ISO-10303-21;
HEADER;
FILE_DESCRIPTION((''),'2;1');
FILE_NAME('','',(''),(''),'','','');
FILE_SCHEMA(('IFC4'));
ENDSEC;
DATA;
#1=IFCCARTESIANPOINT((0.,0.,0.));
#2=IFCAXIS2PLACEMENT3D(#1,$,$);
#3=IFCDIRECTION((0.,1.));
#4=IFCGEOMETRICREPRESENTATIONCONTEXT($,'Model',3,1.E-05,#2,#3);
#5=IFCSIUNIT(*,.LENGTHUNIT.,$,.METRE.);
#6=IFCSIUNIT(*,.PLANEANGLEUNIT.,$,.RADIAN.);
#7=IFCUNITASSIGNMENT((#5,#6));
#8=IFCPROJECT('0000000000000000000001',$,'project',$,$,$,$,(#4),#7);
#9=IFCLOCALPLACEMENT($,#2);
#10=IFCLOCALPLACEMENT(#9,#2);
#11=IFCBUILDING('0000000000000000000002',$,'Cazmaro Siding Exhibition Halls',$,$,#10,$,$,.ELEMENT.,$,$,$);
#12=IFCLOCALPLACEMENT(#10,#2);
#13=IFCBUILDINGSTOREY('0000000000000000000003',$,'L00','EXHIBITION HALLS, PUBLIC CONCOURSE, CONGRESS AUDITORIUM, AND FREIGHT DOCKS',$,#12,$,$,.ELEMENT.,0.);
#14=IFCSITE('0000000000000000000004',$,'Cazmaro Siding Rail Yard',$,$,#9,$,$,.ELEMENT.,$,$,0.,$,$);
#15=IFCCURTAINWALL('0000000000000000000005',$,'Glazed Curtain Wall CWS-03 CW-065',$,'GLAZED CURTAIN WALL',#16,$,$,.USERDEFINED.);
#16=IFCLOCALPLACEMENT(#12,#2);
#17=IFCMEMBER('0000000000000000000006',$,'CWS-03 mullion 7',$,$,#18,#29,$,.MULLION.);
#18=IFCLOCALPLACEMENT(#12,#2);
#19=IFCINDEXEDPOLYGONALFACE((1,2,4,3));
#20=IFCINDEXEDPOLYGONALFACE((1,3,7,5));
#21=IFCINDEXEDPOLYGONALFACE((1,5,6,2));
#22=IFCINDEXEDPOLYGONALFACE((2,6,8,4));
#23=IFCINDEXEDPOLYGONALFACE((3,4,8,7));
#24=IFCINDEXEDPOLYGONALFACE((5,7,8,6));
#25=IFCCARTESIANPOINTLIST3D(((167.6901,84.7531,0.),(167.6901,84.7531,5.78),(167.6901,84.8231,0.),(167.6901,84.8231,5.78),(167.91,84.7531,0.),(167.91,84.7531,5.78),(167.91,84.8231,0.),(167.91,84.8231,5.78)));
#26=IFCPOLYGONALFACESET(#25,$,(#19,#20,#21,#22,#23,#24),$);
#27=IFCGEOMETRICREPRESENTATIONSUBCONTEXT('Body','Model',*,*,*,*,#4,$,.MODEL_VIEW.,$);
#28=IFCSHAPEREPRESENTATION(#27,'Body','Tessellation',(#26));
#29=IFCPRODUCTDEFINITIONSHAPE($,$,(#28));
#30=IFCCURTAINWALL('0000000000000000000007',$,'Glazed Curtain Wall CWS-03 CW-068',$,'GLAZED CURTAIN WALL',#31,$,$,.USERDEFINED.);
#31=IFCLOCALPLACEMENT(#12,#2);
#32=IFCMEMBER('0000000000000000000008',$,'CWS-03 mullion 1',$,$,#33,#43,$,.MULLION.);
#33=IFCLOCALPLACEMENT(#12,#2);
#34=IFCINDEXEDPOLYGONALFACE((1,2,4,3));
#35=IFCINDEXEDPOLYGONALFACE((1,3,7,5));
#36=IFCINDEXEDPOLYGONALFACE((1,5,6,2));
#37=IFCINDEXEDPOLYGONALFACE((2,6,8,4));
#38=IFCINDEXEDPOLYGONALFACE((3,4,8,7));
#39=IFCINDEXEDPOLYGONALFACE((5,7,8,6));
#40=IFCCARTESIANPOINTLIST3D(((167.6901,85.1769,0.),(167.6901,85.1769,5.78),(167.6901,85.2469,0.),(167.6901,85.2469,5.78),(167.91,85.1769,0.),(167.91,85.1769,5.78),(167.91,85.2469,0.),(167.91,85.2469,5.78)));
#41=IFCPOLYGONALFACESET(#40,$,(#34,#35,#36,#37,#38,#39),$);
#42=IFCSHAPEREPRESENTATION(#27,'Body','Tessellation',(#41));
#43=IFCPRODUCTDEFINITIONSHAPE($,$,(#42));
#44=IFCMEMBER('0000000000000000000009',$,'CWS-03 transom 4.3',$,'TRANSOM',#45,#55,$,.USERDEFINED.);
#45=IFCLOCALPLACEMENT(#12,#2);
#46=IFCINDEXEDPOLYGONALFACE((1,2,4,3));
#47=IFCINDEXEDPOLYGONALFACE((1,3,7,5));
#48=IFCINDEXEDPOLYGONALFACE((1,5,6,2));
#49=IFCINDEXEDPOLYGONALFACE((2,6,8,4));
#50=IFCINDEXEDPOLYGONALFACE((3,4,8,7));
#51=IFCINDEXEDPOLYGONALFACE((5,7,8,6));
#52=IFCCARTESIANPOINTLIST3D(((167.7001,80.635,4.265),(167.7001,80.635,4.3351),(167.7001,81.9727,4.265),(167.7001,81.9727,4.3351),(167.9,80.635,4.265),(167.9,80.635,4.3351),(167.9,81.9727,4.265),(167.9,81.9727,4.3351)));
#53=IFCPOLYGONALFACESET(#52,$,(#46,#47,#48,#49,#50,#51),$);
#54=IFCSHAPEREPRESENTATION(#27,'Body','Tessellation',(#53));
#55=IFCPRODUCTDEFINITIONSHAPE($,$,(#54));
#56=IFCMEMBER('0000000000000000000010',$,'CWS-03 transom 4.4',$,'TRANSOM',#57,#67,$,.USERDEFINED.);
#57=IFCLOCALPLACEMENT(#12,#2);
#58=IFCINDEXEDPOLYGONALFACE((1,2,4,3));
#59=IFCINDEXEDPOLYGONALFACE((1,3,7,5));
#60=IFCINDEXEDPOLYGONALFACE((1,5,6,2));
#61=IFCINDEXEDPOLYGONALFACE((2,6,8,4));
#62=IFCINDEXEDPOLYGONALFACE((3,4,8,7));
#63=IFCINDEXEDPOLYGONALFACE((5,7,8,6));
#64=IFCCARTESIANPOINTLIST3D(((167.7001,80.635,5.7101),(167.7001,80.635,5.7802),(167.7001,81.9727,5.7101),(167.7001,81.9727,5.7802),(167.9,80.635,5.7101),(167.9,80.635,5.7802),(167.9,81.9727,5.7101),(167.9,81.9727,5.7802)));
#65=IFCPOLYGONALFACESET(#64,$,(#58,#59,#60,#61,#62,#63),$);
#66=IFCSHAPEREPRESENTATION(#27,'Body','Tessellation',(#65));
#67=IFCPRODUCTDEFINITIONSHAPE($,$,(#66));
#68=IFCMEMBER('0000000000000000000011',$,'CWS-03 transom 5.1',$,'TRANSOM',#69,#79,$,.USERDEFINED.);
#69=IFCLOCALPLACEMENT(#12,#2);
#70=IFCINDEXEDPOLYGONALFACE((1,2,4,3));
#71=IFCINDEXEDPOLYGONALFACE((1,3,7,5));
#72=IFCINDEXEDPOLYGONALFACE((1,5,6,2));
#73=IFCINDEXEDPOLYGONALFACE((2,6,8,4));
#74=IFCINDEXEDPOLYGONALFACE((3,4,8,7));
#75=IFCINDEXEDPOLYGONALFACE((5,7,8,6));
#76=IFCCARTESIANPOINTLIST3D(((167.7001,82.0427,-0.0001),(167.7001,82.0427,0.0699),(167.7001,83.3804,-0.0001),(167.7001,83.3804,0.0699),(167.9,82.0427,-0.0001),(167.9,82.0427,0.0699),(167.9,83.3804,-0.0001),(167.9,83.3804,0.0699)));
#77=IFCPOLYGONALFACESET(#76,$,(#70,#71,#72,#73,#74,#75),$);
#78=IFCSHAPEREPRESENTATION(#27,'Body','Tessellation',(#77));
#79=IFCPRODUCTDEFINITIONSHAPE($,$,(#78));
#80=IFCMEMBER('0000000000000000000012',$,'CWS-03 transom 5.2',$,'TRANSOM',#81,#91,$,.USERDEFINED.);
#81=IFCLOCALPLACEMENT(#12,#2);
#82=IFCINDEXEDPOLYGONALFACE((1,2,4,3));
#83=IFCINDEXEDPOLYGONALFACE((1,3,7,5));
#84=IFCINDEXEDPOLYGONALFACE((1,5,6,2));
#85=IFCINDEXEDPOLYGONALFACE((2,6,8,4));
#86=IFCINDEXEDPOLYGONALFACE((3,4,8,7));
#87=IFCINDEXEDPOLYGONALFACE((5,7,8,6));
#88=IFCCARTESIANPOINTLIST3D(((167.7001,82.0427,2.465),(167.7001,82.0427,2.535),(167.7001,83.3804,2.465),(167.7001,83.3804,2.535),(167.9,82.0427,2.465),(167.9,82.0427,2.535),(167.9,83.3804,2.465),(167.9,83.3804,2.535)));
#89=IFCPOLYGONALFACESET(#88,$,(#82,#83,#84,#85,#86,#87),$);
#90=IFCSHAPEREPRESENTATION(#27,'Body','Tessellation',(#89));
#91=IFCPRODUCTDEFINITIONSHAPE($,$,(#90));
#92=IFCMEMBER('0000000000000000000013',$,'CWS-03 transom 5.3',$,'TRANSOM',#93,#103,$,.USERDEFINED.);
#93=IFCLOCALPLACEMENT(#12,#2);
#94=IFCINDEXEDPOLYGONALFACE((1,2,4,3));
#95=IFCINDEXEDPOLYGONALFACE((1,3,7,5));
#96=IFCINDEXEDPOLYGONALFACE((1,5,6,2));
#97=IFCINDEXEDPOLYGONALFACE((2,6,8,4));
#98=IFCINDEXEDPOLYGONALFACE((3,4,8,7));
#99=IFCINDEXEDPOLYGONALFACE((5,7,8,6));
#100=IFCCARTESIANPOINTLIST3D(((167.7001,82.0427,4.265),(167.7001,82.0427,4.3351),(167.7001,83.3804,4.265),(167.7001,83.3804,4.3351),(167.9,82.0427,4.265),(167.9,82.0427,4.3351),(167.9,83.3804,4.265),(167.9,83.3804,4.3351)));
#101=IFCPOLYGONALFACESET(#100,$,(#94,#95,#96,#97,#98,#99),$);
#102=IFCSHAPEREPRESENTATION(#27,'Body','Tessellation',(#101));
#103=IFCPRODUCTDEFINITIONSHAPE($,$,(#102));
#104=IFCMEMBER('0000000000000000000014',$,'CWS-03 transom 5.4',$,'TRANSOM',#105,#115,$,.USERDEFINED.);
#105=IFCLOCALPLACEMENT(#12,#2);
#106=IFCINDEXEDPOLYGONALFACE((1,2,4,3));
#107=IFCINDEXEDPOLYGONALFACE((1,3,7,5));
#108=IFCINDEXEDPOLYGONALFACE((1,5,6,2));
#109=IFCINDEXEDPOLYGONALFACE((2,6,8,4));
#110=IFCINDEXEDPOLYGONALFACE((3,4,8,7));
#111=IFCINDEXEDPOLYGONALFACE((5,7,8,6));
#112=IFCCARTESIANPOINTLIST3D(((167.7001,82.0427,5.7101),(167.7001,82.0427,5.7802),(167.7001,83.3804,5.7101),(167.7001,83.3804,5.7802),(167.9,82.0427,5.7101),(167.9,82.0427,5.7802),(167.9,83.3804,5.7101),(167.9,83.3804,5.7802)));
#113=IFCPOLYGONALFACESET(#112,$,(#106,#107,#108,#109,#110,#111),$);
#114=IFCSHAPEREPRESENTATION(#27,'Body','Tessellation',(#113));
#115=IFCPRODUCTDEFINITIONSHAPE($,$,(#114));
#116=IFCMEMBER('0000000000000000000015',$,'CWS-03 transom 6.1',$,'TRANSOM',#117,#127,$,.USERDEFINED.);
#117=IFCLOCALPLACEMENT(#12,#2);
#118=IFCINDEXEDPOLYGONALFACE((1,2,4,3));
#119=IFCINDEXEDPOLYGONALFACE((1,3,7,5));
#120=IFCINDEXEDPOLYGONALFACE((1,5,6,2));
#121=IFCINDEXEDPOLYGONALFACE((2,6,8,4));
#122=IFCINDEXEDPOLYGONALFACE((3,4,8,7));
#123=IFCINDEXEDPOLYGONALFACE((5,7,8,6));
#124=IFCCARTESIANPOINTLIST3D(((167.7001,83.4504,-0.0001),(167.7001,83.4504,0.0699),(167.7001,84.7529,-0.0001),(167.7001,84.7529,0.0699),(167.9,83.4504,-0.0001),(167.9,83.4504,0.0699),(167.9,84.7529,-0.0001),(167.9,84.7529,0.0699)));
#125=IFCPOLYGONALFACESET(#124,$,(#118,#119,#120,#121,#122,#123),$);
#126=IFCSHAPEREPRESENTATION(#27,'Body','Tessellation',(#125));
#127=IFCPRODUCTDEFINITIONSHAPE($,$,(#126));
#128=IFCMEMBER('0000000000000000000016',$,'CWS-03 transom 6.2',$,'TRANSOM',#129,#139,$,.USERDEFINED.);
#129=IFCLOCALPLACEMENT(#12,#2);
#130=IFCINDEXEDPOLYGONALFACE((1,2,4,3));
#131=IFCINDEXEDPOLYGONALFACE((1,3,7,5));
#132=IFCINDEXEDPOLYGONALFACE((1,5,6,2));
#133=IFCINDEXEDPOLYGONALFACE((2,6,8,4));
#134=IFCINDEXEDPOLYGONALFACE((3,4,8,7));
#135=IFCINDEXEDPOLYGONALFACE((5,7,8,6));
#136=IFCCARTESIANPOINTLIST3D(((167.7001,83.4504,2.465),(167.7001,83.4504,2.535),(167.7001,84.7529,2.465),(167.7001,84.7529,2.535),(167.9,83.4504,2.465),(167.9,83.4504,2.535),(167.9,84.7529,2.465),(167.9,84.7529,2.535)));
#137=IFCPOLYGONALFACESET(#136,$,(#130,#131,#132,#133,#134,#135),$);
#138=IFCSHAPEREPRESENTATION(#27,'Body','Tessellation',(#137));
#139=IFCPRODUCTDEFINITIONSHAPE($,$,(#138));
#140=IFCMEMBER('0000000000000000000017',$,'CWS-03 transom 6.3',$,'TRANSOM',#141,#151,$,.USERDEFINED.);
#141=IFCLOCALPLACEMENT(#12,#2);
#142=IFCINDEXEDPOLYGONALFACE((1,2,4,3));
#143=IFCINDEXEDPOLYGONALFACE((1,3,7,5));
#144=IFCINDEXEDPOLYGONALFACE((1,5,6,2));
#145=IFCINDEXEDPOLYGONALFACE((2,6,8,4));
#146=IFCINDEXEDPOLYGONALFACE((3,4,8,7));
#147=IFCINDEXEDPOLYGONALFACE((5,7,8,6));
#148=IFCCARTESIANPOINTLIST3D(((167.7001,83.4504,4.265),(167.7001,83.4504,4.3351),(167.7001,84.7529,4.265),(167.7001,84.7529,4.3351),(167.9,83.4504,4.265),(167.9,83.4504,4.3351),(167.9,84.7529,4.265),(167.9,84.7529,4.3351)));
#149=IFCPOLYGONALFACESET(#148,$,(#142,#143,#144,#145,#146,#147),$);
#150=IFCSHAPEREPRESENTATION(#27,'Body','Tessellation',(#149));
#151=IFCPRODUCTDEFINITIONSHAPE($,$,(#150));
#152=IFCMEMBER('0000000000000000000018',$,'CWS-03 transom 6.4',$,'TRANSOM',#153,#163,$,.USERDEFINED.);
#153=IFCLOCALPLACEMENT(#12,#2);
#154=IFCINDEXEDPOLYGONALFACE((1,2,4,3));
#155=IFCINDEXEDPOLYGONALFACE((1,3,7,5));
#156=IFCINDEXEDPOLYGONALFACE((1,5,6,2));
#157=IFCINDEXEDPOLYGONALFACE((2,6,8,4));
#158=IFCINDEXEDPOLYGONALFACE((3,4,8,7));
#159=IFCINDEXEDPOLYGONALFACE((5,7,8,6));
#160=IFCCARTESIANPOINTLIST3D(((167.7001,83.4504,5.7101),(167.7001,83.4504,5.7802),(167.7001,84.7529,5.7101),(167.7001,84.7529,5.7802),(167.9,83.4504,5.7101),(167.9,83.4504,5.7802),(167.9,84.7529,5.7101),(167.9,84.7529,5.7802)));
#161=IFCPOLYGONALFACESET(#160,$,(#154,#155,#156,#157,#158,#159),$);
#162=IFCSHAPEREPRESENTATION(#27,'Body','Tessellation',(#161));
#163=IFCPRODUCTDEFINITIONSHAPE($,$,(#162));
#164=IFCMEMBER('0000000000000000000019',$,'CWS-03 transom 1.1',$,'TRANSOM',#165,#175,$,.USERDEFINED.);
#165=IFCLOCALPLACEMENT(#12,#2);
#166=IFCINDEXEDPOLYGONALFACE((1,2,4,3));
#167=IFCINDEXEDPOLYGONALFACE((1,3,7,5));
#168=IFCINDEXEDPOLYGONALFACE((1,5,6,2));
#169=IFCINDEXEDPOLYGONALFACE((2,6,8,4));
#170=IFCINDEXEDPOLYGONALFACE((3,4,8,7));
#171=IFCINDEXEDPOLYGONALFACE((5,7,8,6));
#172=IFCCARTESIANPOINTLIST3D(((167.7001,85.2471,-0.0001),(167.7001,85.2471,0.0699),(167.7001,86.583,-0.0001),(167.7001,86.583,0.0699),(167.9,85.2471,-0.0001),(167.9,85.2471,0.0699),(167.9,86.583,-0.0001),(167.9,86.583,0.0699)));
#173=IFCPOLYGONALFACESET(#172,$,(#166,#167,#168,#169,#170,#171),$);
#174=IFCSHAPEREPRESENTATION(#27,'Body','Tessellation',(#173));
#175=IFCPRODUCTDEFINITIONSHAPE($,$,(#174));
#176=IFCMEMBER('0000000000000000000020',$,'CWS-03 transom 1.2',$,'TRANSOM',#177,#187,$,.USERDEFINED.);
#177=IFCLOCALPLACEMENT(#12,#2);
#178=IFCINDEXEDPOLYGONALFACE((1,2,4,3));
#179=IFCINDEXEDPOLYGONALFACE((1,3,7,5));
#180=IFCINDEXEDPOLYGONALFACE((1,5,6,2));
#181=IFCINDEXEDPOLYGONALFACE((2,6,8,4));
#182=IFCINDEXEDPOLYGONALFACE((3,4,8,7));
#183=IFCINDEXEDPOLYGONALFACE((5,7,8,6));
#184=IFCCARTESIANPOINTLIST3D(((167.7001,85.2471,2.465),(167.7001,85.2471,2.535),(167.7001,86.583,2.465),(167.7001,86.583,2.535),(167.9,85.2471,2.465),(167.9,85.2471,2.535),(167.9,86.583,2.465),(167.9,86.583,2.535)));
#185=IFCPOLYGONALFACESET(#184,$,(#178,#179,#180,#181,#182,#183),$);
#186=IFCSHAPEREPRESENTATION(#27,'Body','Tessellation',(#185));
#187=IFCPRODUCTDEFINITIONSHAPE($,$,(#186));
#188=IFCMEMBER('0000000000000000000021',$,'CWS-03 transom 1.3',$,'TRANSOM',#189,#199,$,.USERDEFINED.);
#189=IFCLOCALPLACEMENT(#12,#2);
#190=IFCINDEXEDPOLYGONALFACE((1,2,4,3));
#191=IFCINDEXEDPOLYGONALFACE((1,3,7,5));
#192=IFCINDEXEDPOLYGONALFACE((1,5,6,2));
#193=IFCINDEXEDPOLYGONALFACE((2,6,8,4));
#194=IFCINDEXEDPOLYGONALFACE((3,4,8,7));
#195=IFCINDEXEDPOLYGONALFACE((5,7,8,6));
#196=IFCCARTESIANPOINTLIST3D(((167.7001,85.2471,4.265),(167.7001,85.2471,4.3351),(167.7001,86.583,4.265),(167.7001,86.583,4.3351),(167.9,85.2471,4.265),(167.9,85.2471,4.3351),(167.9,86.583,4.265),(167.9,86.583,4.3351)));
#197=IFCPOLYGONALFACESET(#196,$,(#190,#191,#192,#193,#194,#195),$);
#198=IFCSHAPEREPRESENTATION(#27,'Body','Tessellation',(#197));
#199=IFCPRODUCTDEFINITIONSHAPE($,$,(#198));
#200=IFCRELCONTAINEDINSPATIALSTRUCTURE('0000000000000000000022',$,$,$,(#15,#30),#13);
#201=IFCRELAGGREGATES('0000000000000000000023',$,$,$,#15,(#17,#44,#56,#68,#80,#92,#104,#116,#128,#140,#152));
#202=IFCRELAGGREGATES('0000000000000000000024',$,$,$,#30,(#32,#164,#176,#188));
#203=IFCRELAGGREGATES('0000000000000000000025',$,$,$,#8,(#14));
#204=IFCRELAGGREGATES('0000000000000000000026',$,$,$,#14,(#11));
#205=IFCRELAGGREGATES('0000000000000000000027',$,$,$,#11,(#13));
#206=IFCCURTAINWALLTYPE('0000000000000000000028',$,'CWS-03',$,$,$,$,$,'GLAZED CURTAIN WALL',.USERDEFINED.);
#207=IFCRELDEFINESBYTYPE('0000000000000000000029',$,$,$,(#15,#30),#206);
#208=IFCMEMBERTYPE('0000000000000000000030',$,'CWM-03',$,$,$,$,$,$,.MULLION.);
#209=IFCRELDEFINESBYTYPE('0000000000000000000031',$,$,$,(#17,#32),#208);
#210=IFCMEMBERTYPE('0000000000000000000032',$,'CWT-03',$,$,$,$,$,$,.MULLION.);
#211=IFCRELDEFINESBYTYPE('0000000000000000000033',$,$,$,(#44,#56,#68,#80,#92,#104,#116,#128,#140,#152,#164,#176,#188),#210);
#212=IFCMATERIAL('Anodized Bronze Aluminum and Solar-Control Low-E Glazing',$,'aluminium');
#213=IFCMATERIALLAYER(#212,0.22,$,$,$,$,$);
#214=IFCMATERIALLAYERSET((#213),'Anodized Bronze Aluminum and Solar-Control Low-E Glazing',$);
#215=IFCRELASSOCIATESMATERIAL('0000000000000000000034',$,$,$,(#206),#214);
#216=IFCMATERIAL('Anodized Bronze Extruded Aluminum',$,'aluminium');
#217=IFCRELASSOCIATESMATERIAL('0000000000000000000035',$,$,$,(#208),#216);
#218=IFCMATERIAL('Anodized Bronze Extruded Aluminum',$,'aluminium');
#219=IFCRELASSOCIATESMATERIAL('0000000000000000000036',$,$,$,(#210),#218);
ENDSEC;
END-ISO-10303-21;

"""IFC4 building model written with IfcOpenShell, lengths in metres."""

from ifc_helpers import new_model, si_unit, direction, frame, origin, origin_2d, place, context, subcontext, project, spatial, rectangle, extrude, material, layer, layer_set, material_profile, profile_set, type_object, element, aggregate, save


model = new_model("IFC4")

# Units and contexts
model_context = context("Model", 3, precision=1e-05, world=origin(), true_north=direction((0.0, 1.0)))
body_context = subcontext(model_context, "Body", "Model", "MODEL_VIEW")
ifc_project = project(units=[si_unit("LENGTHUNIT", "METRE"), si_unit("PLANEANGLEUNIT", "RADIAN")], contexts=[model_context])

# Site, building, storey
site_placement = place(None, origin())
site = spatial("IfcSite", under=ifc_project, at=site_placement, Name="Cazmaro Siding Rail Yard", CompositionType="ELEMENT", RefElevation=0.0)
building_placement = place(site_placement, origin())
building = spatial("IfcBuilding", under=site, at=building_placement, Name="Cazmaro Siding Exhibition Halls", CompositionType="ELEMENT")
storey_placement = place(building_placement, origin())
storey = spatial("IfcBuildingStorey", under=building, at=storey_placement, Name="L00", Description="EXHIBITION HALLS, PUBLIC CONCOURSE, CONGRESS AUDITORIUM, AND FREIGHT DOCKS", CompositionType="ELEMENT", Elevation=0.0)

# Curtain wall, member
ifc_material_1 = material(Name="Anodized Bronze Aluminum and Solar-Control Low-E Glazing", Category="aluminium")
ifc_layer_1 = layer(ifc_material_1, 0.22)
ifc_layer_set_1 = layer_set([ifc_layer_1], Name="Anodized Bronze Aluminum and Solar-Control Low-E Glazing")
curtain_wall_type = type_object("IfcCurtainWallType", Name="CWS-03", ElementType="GLAZED CURTAIN WALL", PredefinedType="USERDEFINED", material=ifc_layer_set_1)
curtain_wall_1_placement = place(storey_placement, origin())
curtain_wall_1 = element("IfcCurtainWall", 1, at=curtain_wall_1_placement, inside=storey, type_object=curtain_wall_type, Name="Glazed Curtain Wall CWS-03 CW-065", ObjectType="GLAZED CURTAIN WALL", PredefinedType="USERDEFINED")
ifc_material_2 = material(Name="Anodized Bronze Extruded Aluminum", Category="aluminium")
ifc_material_profile_1 = material_profile(ifc_material_2, rectangle(XDim=0.22, YDim=0.0701, at=origin_2d()), Name="CWM-03")
ifc_profile_set_1 = profile_set([ifc_material_profile_1], Name="Anodized Bronze Extruded Aluminum")
member_type_1 = type_object("IfcMemberType", Name="CWM-03", PredefinedType="MULLION", material=ifc_profile_set_1)
member_1_placement = place(storey_placement, frame((167.8, 84.7881, 0.0), z_axis=(0.0, 0.0, 1.0), x_axis=(-1.0, 0.0, 0.0)))
member_1 = element("IfcMember", 2, at=member_1_placement, type_object=member_type_1, Name="CWS-03 mullion 7", PredefinedType="MULLION", context=body_context, shape_type="SweptSolid", body=[
    extrude(rectangle(XDim=0.22, YDim=0.0701, at=origin_2d()), origin(), (0.0, 0.0, 1.0), 5.78),
])

# Curtain wall, member
curtain_wall_2_placement = place(storey_placement, origin())
curtain_wall_2 = element("IfcCurtainWall", 3, at=curtain_wall_2_placement, inside=storey, type_object=curtain_wall_type, Name="Glazed Curtain Wall CWS-03 CW-068", ObjectType="GLAZED CURTAIN WALL", PredefinedType="USERDEFINED")
member_2_placement = place(storey_placement, frame((167.8, 85.2119, 0.0), z_axis=(0.0, 0.0, 1.0), x_axis=(-1.0, 0.0, 0.0)))
member_2 = element("IfcMember", 4, at=member_2_placement, type_object=member_type_1, Name="CWS-03 mullion 1", PredefinedType="MULLION", context=body_context, shape_type="SweptSolid", body=[
    extrude(rectangle(XDim=0.22, YDim=0.0701, at=origin_2d()), origin(), (0.0, 0.0, 1.0), 5.78),
])

# Members
ifc_material_3 = material(Name="Anodized Bronze Extruded Aluminum", Category="aluminium")
ifc_material_profile_2 = material_profile(ifc_material_3, rectangle(XDim=0.2, YDim=0.0701, at=origin_2d()), Name="CWT-03")
ifc_profile_set_2 = profile_set([ifc_material_profile_2], Name="Anodized Bronze Extruded Aluminum")
member_type_2 = type_object("IfcMemberType", Name="CWT-03", PredefinedType="MULLION", material=ifc_profile_set_2)
member_3_placement = place(storey_placement, frame((167.8, 80.635, 4.3), z_axis=(0.0, 1.0, 0.0), x_axis=(-1.0, 0.0, 0.0)))
member_3 = element("IfcMember", 5, at=member_3_placement, type_object=member_type_2, Name="CWS-03 transom 4.3", ObjectType="TRANSOM", PredefinedType="USERDEFINED", context=body_context, shape_type="SweptSolid", body=[
    extrude(rectangle(XDim=0.2, YDim=0.0701, at=origin_2d()), origin(), (0.0, 0.0, 1.0), 1.3376),
])
member_4_placement = place(storey_placement, frame((167.8, 80.635, 5.7451), z_axis=(0.0, 1.0, 0.0), x_axis=(-1.0, 0.0, 0.0)))
member_4 = element("IfcMember", 6, at=member_4_placement, type_object=member_type_2, Name="CWS-03 transom 4.4", ObjectType="TRANSOM", PredefinedType="USERDEFINED", context=body_context, shape_type="SweptSolid", body=[
    extrude(rectangle(XDim=0.2, YDim=0.0701, at=origin_2d()), origin(), (0.0, 0.0, 1.0), 1.3376),
])
member_5_placement = place(storey_placement, frame((167.8, 82.0427, 0.0349), z_axis=(0.0, 1.0, 0.0), x_axis=(-1.0, 0.0, 0.0)))
member_5 = element("IfcMember", 7, at=member_5_placement, type_object=member_type_2, Name="CWS-03 transom 5.1", ObjectType="TRANSOM", PredefinedType="USERDEFINED", context=body_context, shape_type="SweptSolid", body=[
    extrude(rectangle(XDim=0.2, YDim=0.0701, at=origin_2d()), origin(), (0.0, 0.0, 1.0), 1.3376),
])
member_6_placement = place(storey_placement, frame((167.8, 82.0427, 2.5), z_axis=(0.0, 1.0, 0.0), x_axis=(-1.0, 0.0, 0.0)))
member_6 = element("IfcMember", 8, at=member_6_placement, type_object=member_type_2, Name="CWS-03 transom 5.2", ObjectType="TRANSOM", PredefinedType="USERDEFINED", context=body_context, shape_type="SweptSolid", body=[
    extrude(rectangle(XDim=0.2, YDim=0.0701, at=origin_2d()), origin(), (0.0, 0.0, 1.0), 1.3376),
])
member_7_placement = place(storey_placement, frame((167.8, 82.0427, 4.3), z_axis=(0.0, 1.0, 0.0), x_axis=(-1.0, 0.0, 0.0)))
member_7 = element("IfcMember", 9, at=member_7_placement, type_object=member_type_2, Name="CWS-03 transom 5.3", ObjectType="TRANSOM", PredefinedType="USERDEFINED", context=body_context, shape_type="SweptSolid", body=[
    extrude(rectangle(XDim=0.2, YDim=0.0701, at=origin_2d()), origin(), (0.0, 0.0, 1.0), 1.3376),
])
member_8_placement = place(storey_placement, frame((167.8, 82.0427, 5.7451), z_axis=(0.0, 1.0, 0.0), x_axis=(-1.0, 0.0, 0.0)))
member_8 = element("IfcMember", 10, at=member_8_placement, type_object=member_type_2, Name="CWS-03 transom 5.4", ObjectType="TRANSOM", PredefinedType="USERDEFINED", context=body_context, shape_type="SweptSolid", body=[
    extrude(rectangle(XDim=0.2, YDim=0.0701, at=origin_2d()), origin(), (0.0, 0.0, 1.0), 1.3376),
])
member_9_placement = place(storey_placement, frame((167.8, 83.4504, 0.0349), z_axis=(0.0, 1.0, 0.0), x_axis=(-1.0, 0.0, 0.0)))
member_9 = element("IfcMember", 11, at=member_9_placement, type_object=member_type_2, Name="CWS-03 transom 6.1", ObjectType="TRANSOM", PredefinedType="USERDEFINED", context=body_context, shape_type="SweptSolid", body=[
    extrude(rectangle(XDim=0.2, YDim=0.0701, at=origin_2d()), origin(), (0.0, 0.0, 1.0), 1.3025),
])
member_10_placement = place(storey_placement, frame((167.8, 83.4504, 2.5), z_axis=(0.0, 1.0, 0.0), x_axis=(-1.0, 0.0, 0.0)))
member_10 = element("IfcMember", 12, at=member_10_placement, type_object=member_type_2, Name="CWS-03 transom 6.2", ObjectType="TRANSOM", PredefinedType="USERDEFINED", context=body_context, shape_type="SweptSolid", body=[
    extrude(rectangle(XDim=0.2, YDim=0.0701, at=origin_2d()), origin(), (0.0, 0.0, 1.0), 1.3025),
])
member_11_placement = place(storey_placement, frame((167.8, 83.4504, 4.3), z_axis=(0.0, 1.0, 0.0), x_axis=(-1.0, 0.0, 0.0)))
member_11 = element("IfcMember", 13, at=member_11_placement, type_object=member_type_2, Name="CWS-03 transom 6.3", ObjectType="TRANSOM", PredefinedType="USERDEFINED", context=body_context, shape_type="SweptSolid", body=[
    extrude(rectangle(XDim=0.2, YDim=0.0701, at=origin_2d()), origin(), (0.0, 0.0, 1.0), 1.3025),
])
member_12_placement = place(storey_placement, frame((167.8, 83.4504, 5.7451), z_axis=(0.0, 1.0, 0.0), x_axis=(-1.0, 0.0, 0.0)))
member_12 = element("IfcMember", 14, at=member_12_placement, type_object=member_type_2, Name="CWS-03 transom 6.4", ObjectType="TRANSOM", PredefinedType="USERDEFINED", context=body_context, shape_type="SweptSolid", body=[
    extrude(rectangle(XDim=0.2, YDim=0.0701, at=origin_2d()), origin(), (0.0, 0.0, 1.0), 1.3025),
])
member_13_placement = place(storey_placement, frame((167.8, 85.2471, 0.0349), z_axis=(0.0, 1.0, 0.0), x_axis=(-1.0, 0.0, 0.0)))
member_13 = element("IfcMember", 15, at=member_13_placement, type_object=member_type_2, Name="CWS-03 transom 1.1", ObjectType="TRANSOM", PredefinedType="USERDEFINED", context=body_context, shape_type="SweptSolid", body=[
    extrude(rectangle(XDim=0.2, YDim=0.0701, at=origin_2d()), origin(), (0.0, 0.0, 1.0), 1.3359),
])
member_14_placement = place(storey_placement, frame((167.8, 85.2471, 2.5), z_axis=(0.0, 1.0, 0.0), x_axis=(-1.0, 0.0, 0.0)))
member_14 = element("IfcMember", 16, at=member_14_placement, type_object=member_type_2, Name="CWS-03 transom 1.2", ObjectType="TRANSOM", PredefinedType="USERDEFINED", context=body_context, shape_type="SweptSolid", body=[
    extrude(rectangle(XDim=0.2, YDim=0.0701, at=origin_2d()), origin(), (0.0, 0.0, 1.0), 1.3359),
])
member_15_placement = place(storey_placement, frame((167.8, 85.2471, 4.3), z_axis=(0.0, 1.0, 0.0), x_axis=(-1.0, 0.0, 0.0)))
member_15 = element("IfcMember", 17, at=member_15_placement, type_object=member_type_2, Name="CWS-03 transom 1.3", ObjectType="TRANSOM", PredefinedType="USERDEFINED", context=body_context, shape_type="SweptSolid", body=[
    extrude(rectangle(XDim=0.2, YDim=0.0701, at=origin_2d()), origin(), (0.0, 0.0, 1.0), 1.3359),
])

aggregate(curtain_wall_1, [member_1, member_3, member_4, member_5, member_6, member_7, member_8, member_9, member_10, member_11, member_12])
aggregate(curtain_wall_2, [member_2, member_13, member_14, member_15])

save(model, "model.ifc")
